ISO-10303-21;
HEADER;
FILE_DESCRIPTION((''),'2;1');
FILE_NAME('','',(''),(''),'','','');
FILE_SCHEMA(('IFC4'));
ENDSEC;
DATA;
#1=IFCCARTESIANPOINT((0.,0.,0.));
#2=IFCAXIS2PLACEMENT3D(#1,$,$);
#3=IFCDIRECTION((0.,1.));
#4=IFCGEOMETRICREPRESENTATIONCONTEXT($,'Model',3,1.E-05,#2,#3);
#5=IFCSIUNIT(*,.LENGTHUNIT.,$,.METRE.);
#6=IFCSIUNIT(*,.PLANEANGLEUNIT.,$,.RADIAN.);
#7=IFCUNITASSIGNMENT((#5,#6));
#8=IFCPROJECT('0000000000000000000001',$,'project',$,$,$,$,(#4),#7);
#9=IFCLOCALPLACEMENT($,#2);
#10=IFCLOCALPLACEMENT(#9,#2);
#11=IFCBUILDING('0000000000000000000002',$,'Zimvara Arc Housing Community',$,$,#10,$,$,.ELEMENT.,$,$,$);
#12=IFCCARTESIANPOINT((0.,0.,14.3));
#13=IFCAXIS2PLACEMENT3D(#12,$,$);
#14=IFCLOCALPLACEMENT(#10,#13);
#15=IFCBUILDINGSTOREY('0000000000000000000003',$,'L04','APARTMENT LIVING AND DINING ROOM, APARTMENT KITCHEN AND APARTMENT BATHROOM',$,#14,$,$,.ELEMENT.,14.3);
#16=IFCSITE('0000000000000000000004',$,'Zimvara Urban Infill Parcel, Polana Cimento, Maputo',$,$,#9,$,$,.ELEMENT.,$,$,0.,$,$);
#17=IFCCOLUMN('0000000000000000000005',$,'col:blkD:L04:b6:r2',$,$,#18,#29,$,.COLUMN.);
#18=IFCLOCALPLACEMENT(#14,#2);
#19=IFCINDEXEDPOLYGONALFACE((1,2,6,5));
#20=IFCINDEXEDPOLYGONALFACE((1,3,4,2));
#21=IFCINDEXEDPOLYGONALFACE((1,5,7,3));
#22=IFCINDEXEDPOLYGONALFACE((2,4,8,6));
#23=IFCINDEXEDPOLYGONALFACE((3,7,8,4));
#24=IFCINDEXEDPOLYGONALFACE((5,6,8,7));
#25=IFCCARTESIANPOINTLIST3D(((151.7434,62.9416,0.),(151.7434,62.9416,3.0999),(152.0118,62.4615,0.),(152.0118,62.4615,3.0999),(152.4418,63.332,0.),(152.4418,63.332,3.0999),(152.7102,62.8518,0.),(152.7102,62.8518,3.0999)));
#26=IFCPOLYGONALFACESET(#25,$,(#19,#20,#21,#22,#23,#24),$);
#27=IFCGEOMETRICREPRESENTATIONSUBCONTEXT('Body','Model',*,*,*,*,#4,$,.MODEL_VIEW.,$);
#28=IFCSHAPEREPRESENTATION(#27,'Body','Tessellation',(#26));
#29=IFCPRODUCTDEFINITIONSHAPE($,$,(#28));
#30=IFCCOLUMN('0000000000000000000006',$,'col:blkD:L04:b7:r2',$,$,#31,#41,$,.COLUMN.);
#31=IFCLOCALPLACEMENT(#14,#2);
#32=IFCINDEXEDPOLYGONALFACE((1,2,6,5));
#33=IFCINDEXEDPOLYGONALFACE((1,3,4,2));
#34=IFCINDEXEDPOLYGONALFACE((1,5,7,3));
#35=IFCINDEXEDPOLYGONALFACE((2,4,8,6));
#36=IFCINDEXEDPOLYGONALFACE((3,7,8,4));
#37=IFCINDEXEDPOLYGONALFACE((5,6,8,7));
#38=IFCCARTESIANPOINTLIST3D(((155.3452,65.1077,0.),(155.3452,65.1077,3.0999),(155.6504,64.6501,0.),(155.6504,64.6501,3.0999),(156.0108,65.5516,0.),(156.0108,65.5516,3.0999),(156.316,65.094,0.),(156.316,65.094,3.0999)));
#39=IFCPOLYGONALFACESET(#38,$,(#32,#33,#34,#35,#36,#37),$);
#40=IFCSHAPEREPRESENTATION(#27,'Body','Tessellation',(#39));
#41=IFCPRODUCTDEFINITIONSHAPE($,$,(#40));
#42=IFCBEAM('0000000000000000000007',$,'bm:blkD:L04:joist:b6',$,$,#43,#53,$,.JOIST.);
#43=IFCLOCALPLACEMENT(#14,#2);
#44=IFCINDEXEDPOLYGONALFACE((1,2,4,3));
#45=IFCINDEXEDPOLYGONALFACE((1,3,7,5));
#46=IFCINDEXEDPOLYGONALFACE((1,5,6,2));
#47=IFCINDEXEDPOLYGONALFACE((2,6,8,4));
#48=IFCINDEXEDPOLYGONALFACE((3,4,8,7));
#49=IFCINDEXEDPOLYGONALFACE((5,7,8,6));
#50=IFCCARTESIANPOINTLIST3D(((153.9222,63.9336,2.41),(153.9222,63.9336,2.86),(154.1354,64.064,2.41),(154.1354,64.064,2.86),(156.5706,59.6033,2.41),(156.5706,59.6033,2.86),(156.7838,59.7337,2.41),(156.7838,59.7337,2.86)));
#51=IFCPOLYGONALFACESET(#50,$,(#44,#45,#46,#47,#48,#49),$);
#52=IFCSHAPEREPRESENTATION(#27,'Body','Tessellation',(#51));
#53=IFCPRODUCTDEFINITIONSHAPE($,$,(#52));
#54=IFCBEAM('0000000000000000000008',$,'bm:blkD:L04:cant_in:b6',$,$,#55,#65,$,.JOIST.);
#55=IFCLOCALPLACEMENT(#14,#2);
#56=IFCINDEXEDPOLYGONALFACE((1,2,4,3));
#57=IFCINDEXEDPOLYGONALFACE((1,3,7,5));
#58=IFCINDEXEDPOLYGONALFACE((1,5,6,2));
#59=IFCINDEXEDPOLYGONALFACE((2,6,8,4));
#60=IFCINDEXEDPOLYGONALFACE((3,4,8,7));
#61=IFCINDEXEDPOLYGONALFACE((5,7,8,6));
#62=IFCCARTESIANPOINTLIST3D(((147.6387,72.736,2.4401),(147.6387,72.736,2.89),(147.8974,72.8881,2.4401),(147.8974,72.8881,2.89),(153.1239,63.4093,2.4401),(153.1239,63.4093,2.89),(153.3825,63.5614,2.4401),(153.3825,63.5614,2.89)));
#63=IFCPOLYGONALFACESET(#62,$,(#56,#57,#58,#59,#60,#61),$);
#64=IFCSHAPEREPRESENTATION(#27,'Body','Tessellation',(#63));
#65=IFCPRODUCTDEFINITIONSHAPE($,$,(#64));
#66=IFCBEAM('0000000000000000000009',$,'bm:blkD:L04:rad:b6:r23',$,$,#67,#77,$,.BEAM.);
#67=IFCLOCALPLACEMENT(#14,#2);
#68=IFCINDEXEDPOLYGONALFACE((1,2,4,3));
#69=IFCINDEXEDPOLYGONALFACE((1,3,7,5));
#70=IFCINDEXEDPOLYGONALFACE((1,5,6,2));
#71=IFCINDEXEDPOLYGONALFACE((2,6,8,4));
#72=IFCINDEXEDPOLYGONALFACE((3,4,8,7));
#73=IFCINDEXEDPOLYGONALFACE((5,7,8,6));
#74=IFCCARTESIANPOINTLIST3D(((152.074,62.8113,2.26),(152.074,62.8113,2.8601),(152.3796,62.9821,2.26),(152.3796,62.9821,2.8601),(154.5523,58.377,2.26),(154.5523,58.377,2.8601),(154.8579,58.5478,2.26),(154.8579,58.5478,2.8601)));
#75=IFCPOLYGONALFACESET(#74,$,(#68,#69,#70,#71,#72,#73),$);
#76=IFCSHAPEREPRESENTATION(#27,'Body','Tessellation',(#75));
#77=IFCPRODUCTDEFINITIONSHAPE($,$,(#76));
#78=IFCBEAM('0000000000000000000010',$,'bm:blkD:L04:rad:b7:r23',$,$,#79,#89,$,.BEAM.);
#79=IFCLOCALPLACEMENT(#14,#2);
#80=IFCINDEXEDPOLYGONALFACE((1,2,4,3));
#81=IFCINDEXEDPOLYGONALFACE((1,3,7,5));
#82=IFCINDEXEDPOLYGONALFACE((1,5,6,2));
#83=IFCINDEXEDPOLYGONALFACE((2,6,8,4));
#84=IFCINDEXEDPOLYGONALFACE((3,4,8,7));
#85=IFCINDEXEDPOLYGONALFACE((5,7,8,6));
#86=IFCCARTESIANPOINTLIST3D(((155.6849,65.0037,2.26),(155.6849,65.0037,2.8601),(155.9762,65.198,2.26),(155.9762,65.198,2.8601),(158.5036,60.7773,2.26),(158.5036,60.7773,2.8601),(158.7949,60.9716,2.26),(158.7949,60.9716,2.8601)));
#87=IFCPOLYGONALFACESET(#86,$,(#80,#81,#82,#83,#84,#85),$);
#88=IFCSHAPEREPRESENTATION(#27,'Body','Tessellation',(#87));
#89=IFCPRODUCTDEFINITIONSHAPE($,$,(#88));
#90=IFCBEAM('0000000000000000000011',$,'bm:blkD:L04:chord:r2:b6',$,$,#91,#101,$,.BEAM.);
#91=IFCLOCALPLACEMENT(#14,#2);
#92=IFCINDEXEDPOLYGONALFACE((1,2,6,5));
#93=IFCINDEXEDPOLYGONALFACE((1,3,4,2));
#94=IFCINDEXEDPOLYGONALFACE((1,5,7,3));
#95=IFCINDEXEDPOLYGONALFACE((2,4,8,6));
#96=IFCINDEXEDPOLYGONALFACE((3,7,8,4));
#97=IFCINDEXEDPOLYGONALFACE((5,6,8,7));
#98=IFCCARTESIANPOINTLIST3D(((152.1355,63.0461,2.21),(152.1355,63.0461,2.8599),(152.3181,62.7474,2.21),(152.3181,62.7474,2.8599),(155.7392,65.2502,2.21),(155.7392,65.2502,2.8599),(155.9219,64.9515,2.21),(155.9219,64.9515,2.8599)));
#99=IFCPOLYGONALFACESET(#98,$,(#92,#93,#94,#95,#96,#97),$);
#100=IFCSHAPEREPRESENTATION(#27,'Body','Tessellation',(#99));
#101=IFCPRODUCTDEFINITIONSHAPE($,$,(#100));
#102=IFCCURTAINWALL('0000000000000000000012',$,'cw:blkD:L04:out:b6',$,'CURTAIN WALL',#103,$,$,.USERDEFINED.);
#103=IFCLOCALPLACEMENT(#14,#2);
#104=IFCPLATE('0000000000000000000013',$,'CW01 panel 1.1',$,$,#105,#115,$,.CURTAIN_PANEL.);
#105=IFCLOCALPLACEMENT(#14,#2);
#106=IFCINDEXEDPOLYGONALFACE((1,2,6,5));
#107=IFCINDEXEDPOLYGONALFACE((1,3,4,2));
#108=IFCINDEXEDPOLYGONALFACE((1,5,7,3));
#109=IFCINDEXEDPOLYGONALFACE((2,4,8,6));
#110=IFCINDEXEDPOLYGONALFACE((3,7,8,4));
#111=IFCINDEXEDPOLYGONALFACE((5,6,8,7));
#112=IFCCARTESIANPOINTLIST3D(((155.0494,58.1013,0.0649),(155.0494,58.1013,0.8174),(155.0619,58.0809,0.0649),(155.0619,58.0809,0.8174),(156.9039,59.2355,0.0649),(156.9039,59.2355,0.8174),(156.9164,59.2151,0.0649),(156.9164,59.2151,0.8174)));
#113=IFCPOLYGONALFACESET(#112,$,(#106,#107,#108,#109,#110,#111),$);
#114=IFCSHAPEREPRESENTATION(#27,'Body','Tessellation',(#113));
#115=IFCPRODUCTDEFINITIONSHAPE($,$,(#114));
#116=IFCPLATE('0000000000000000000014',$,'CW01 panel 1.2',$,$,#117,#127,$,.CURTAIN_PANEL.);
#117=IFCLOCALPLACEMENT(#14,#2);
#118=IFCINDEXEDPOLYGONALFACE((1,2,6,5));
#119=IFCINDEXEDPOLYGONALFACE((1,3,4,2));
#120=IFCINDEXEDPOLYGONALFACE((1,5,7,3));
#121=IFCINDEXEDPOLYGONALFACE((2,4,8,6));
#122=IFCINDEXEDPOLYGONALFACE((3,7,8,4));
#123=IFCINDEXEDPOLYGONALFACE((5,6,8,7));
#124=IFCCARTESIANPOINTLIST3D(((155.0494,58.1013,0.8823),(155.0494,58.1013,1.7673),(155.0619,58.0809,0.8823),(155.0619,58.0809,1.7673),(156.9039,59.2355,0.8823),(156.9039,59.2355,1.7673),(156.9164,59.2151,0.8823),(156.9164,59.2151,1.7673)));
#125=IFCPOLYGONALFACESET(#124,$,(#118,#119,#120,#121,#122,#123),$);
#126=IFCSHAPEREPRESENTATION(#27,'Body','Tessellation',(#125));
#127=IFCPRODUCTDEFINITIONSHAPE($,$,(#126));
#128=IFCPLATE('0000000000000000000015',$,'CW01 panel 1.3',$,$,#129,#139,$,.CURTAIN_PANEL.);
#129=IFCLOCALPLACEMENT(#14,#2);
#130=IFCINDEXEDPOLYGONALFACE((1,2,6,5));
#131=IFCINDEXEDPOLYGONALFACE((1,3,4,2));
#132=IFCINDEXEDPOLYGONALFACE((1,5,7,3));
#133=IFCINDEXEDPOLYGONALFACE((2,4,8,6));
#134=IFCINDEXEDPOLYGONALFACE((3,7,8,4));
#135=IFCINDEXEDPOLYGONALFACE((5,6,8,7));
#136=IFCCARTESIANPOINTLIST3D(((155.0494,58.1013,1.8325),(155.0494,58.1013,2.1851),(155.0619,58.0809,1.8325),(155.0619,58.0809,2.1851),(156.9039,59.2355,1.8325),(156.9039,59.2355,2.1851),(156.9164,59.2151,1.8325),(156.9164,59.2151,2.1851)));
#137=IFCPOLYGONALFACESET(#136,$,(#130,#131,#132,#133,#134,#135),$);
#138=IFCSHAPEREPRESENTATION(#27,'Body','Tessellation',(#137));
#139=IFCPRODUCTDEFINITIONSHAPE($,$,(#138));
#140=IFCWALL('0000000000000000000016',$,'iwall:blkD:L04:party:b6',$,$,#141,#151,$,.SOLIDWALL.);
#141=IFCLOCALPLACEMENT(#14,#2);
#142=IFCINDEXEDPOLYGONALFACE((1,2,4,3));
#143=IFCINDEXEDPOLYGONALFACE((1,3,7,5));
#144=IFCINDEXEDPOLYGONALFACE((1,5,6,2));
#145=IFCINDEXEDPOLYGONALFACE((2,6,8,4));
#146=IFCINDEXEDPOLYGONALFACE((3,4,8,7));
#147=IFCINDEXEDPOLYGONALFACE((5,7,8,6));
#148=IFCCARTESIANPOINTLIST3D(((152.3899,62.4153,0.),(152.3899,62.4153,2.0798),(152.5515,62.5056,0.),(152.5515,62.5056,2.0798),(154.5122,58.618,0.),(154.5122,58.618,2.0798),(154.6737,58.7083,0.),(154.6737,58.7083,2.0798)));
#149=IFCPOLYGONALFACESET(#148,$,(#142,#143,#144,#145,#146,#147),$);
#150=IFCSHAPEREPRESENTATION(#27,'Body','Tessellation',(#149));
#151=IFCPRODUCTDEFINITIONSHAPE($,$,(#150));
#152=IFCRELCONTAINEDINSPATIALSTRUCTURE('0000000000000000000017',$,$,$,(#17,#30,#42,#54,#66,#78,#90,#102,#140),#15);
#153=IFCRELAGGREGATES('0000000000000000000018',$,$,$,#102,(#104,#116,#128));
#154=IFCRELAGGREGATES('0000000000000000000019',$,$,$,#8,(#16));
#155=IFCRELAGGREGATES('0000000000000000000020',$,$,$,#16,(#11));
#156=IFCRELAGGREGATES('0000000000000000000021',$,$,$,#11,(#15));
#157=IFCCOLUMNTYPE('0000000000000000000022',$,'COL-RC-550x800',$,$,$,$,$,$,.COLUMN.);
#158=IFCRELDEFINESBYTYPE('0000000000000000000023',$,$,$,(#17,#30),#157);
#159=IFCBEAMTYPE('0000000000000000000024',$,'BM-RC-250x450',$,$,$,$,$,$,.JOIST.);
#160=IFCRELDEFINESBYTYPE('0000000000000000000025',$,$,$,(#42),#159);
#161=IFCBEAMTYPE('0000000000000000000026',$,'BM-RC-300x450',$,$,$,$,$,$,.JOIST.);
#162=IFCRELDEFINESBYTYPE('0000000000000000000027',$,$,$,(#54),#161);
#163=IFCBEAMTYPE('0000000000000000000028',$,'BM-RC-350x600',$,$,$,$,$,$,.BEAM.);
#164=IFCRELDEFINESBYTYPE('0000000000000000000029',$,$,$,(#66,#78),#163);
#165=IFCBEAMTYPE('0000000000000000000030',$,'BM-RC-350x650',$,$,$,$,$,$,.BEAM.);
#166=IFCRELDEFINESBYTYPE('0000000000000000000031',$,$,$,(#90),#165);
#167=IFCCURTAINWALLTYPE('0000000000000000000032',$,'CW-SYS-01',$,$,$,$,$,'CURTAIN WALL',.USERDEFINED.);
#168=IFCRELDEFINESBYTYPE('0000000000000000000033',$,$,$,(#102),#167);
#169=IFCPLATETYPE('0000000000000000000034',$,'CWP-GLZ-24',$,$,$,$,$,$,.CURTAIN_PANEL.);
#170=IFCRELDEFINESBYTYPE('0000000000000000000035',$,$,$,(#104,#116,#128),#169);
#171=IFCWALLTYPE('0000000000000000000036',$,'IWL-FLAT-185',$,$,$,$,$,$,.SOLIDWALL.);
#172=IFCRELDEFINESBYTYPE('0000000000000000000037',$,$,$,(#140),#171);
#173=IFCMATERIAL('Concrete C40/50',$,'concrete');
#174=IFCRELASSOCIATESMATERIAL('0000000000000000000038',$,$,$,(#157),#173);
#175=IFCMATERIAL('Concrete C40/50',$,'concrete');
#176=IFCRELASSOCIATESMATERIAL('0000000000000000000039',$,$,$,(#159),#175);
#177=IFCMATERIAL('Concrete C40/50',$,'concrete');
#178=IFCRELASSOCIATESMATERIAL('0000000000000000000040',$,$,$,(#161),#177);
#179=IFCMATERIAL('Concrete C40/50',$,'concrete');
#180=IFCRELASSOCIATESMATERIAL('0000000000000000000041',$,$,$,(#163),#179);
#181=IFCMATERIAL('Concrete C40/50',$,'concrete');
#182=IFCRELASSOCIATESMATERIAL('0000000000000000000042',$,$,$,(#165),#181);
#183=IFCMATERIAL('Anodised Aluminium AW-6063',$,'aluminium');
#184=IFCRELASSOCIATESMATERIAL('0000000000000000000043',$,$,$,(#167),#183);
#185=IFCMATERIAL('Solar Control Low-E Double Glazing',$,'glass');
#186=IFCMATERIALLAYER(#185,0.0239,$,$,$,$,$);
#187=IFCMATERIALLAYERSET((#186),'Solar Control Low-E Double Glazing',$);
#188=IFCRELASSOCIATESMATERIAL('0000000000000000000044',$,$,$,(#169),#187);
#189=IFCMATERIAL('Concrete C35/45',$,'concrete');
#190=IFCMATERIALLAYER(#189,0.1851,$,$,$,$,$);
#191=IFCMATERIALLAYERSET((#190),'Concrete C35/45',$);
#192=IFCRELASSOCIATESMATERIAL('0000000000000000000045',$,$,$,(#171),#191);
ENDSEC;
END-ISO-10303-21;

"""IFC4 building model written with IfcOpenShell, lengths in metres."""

from ifc_helpers import new_model, si_unit, direction, frame, frame_2d, origin, origin_2d, place, context, subcontext, project, spatial, rectangle, extrude, material, layer, layer_set, material_profile, profile_set, type_object, element, aggregate, save


model = new_model("IFC4")

# Units and contexts
model_context = context("Model", 3, precision=1e-05, world=origin(), true_north=direction((0.0, 1.0)))
body_context = subcontext(model_context, "Body", "Model", "MODEL_VIEW")
ifc_project = project(units=[si_unit("LENGTHUNIT", "METRE"), si_unit("PLANEANGLEUNIT", "RADIAN")], contexts=[model_context])

# Site, building, storey
site_placement = place(None, origin())
site = spatial("IfcSite", under=ifc_project, at=site_placement, Name="Zimvara Urban Infill Parcel, Polana Cimento, Maputo", CompositionType="ELEMENT", RefElevation=0.0)
building_placement = place(site_placement, origin())
building = spatial("IfcBuilding", under=site, at=building_placement, Name="Zimvara Arc Housing Community", CompositionType="ELEMENT")
storey_placement = place(building_placement, frame((0.0, 0.0, 14.3)))
storey = spatial("IfcBuildingStorey", under=building, at=storey_placement, Name="L04", Description="APARTMENT LIVING AND DINING ROOM, APARTMENT KITCHEN AND APARTMENT BATHROOM", CompositionType="ELEMENT", Elevation=14.3)

# Columns
ifc_material_1 = material(Name="Concrete C40/50", Category="concrete")
ifc_material_profile_1 = material_profile(ifc_material_1, rectangle(XDim=0.55, YDim=0.8, at=origin_2d()), Name="RC 550x800")
ifc_profile_set_1 = profile_set([ifc_material_profile_1], Name="Concrete C40/50")
column_type = type_object("IfcColumnType", Name="COL-RC-550x800", PredefinedType="COLUMN", material=ifc_profile_set_1)
for number, where, z_axis, x_axis, name in (
    (1, (152.2268, 62.8967, 0.0), (0.0, 0.0, 1.0), (0.48786, -0.872922, 0.0), "col:blkD:L04:b6:r2"),
    (2, (155.8306, 65.1008, 0.0), (0.0, 0.0, 1.0), (0.554844, -0.831954, 0.0), "col:blkD:L04:b7:r2"),
):
    element("IfcColumn", number, at=place(storey_placement, frame(where, z_axis=z_axis, x_axis=x_axis)), inside=storey, type_object=column_type, Name=name, PredefinedType="COLUMN", context=body_context, shape_type="SweptSolid", body=[
        extrude(rectangle(XDim=0.55, YDim=0.8, at=origin_2d()), origin(), (0.0, 0.0, 1.0), 3.0999),
    ])

# Beams
ifc_material_2 = material(Name="Concrete C40/50", Category="concrete")
ifc_material_profile_2 = material_profile(ifc_material_2, rectangle(XDim=0.25, YDim=0.45, at=origin_2d()), Name="RC 250x450")
ifc_profile_set_2 = profile_set([ifc_material_profile_2], Name="Concrete C40/50")
beam_type_1 = type_object("IfcBeamType", Name="BM-RC-250x450", PredefinedType="JOIST", material=ifc_profile_set_2)
beam_1_placement = place(storey_placement, frame((154.0288, 63.9988, 2.635), z_axis=(0.521755, -0.853095, 0.0), x_axis=(0.853095, 0.521755, 0.0)))
element("IfcBeam", 3, at=beam_1_placement, inside=storey, type_object=beam_type_1, Name="bm:blkD:L04:joist:b6", PredefinedType="JOIST", context=body_context, shape_type="SweptSolid", body=[
    extrude(rectangle(XDim=0.25, YDim=0.45, at=origin_2d()), origin(), (0.0, 0.0, 1.0), 5.0759),
])
ifc_material_3 = material(Name="Concrete C40/50", Category="concrete")
ifc_material_profile_3 = material_profile(ifc_material_3, rectangle(XDim=0.3, YDim=0.45, at=origin_2d()), Name="RC 300x450")
ifc_profile_set_3 = profile_set([ifc_material_profile_3], Name="Concrete C40/50")
beam_type_2 = type_object("IfcBeamType", Name="BM-RC-300x450", PredefinedType="JOIST", material=ifc_profile_set_3)
beam_2_placement = place(storey_placement, frame((153.2532, 63.4854, 2.665), z_axis=(-0.50694, 0.861981, 0.0), x_axis=(-0.861981, -0.50694, 0.0)))
element("IfcBeam", 4, at=beam_2_placement, inside=storey, type_object=beam_type_2, Name="bm:blkD:L04:cant_in:b6", PredefinedType="JOIST", context=body_context, shape_type="SweptSolid", body=[
    extrude(rectangle(XDim=0.3, YDim=0.45, at=origin_2d()), origin(), (0.0, 0.0, 1.0), 10.8201),
])
ifc_material_4 = material(Name="Concrete C40/50", Category="concrete")
ifc_material_profile_4 = material_profile(ifc_material_4, rectangle(XDim=0.3501, YDim=0.6001, at=origin_2d()), Name="RC 350x600")
ifc_profile_set_4 = profile_set([ifc_material_profile_4], Name="Concrete C40/50")
beam_type_3 = type_object("IfcBeamType", Name="BM-RC-350x600", PredefinedType="BEAM", material=ifc_profile_set_4)
beam_3_placement = place(storey_placement, frame((152.2268, 62.8967, 2.5601), z_axis=(0.487861, -0.872921, 0.0), x_axis=(0.872921, 0.487861, 0.0)))
element("IfcBeam", 5, at=beam_3_placement, inside=storey, type_object=beam_type_3, Name="bm:blkD:L04:rad:b6:r23", PredefinedType="BEAM", context=body_context, shape_type="SweptSolid", body=[
    extrude(rectangle(XDim=0.3501, YDim=0.6001, at=origin_2d()), origin(), (0.0, 0.0, 1.0), 5.0798),
])
beam_4_placement = place(storey_placement, frame((155.8306, 65.1008, 2.5601), z_axis=(0.554844, -0.831954, 0.0), x_axis=(0.831954, 0.554844, 0.0)))
element("IfcBeam", 6, at=beam_4_placement, inside=storey, type_object=beam_type_3, Name="bm:blkD:L04:rad:b7:r23", PredefinedType="BEAM", context=body_context, shape_type="SweptSolid", body=[
    extrude(rectangle(XDim=0.3501, YDim=0.6001, at=origin_2d()), origin(), (0.0, 0.0, 1.0), 5.0801),
])
ifc_material_5 = material(Name="Concrete C40/50", Category="concrete")
ifc_material_profile_5 = material_profile(ifc_material_5, rectangle(XDim=0.3501, YDim=0.6499, at=origin_2d()), Name="RC 350x650")
ifc_profile_set_5 = profile_set([ifc_material_profile_5], Name="Concrete C40/50")
beam_type_4 = type_object("IfcBeamType", Name="BM-RC-350x650", PredefinedType="BEAM", material=ifc_profile_set_5)
beam_5_placement = place(storey_placement, frame((152.2268, 62.8967, 2.5349), z_axis=(0.853092, 0.521761, 0.0), x_axis=(-0.521761, 0.853092, 0.0)))
element("IfcBeam", 7, at=beam_5_placement, inside=storey, type_object=beam_type_4, Name="bm:blkD:L04:chord:r2:b6", PredefinedType="BEAM", context=body_context, shape_type="SweptSolid", body=[
    extrude(rectangle(XDim=0.3501, YDim=0.6499, at=origin_2d()), origin(), (0.0, 0.0, 1.0), 4.2244),
])

# Curtain wall, plates
ifc_material_6 = material(Name="Anodised Aluminium AW-6063", Category="aluminium")
curtain_wall_type = type_object("IfcCurtainWallType", Name="CW-SYS-01", ElementType="CURTAIN WALL", PredefinedType="USERDEFINED", material=ifc_material_6)
curtain_wall_placement = place(storey_placement, origin())
curtain_wall = element("IfcCurtainWall", 8, at=curtain_wall_placement, inside=storey, type_object=curtain_wall_type, Name="cw:blkD:L04:out:b6", ObjectType="CURTAIN WALL", PredefinedType="USERDEFINED")
ifc_material_7 = material(Name="Solar Control Low-E Double Glazing", Category="glass")
ifc_layer_1 = layer(ifc_material_7, 0.0239)
ifc_layer_set_1 = layer_set([ifc_layer_1], Name="Solar Control Low-E Double Glazing")
plate_type = type_object("IfcPlateType", Name="CWP-GLZ-24", PredefinedType="CURTAIN_PANEL", material=ifc_layer_set_1)
plate_1_placement = place(storey_placement, frame((155.9829, 58.6582, 0.0649), z_axis=(0.0, 0.0, 1.0), x_axis=(0.853096, 0.521754, 0.0)))
plate_1 = element("IfcPlate", 9, at=plate_1_placement, type_object=plate_type, Name="CW01 panel 1.1", PredefinedType="CURTAIN_PANEL", context=body_context, shape_type="SweptSolid", body=[
    extrude(rectangle(XDim=2.1738, YDim=0.0239, at=origin_2d()), origin(), (0.0, 0.0, 1.0), 0.7524),
])
plate_2_placement = place(storey_placement, frame((155.9829, 58.6582, 0.8823), z_axis=(0.0, 0.0, 1.0), x_axis=(0.853096, 0.521754, 0.0)))
plate_2 = element("IfcPlate", 10, at=plate_2_placement, type_object=plate_type, Name="CW01 panel 1.2", PredefinedType="CURTAIN_PANEL", context=body_context, shape_type="SweptSolid", body=[
    extrude(rectangle(XDim=2.1738, YDim=0.0239, at=origin_2d()), origin(), (0.0, 0.0, 1.0), 0.885),
])
plate_3_placement = place(storey_placement, frame((155.9829, 58.6582, 1.8325), z_axis=(0.0, 0.0, 1.0), x_axis=(0.853096, 0.521754, 0.0)))
plate_3 = element("IfcPlate", 11, at=plate_3_placement, type_object=plate_type, Name="CW01 panel 1.3", PredefinedType="CURTAIN_PANEL", context=body_context, shape_type="SweptSolid", body=[
    extrude(rectangle(XDim=2.1738, YDim=0.0239, at=origin_2d()), origin(), (0.0, 0.0, 1.0), 0.3525),
])
aggregate(curtain_wall, [plate_1, plate_2, plate_3])

# Wall
ifc_material_8 = material(Name="Concrete C35/45", Category="concrete")
ifc_layer_2 = layer(ifc_material_8, 0.1851)
ifc_layer_set_2 = layer_set([ifc_layer_2], Name="Concrete C35/45")
wall_type_1 = type_object("IfcWallType", Name="IWL-FLAT-185", PredefinedType="SOLIDWALL", material=ifc_layer_set_2)
wall_1_placement = place(storey_placement, frame((152.4707, 62.4604, 0.0), z_axis=(0.0, 0.0, 1.0), x_axis=(0.487867, -0.872918, 0.0)))
element("IfcWall", 12, at=wall_1_placement, inside=storey, type_object=wall_type_1, Name="iwall:blkD:L04:party:b6", PredefinedType="SOLIDWALL", context=body_context, shape_type="SweptSolid", body=[
    extrude(rectangle(XDim=4.3501, YDim=0.1851, at=frame_2d((2.175, 0.0))), origin(), (0.0, 0.0, 1.0), 2.0798),
])

save(model, "model.ifc")
